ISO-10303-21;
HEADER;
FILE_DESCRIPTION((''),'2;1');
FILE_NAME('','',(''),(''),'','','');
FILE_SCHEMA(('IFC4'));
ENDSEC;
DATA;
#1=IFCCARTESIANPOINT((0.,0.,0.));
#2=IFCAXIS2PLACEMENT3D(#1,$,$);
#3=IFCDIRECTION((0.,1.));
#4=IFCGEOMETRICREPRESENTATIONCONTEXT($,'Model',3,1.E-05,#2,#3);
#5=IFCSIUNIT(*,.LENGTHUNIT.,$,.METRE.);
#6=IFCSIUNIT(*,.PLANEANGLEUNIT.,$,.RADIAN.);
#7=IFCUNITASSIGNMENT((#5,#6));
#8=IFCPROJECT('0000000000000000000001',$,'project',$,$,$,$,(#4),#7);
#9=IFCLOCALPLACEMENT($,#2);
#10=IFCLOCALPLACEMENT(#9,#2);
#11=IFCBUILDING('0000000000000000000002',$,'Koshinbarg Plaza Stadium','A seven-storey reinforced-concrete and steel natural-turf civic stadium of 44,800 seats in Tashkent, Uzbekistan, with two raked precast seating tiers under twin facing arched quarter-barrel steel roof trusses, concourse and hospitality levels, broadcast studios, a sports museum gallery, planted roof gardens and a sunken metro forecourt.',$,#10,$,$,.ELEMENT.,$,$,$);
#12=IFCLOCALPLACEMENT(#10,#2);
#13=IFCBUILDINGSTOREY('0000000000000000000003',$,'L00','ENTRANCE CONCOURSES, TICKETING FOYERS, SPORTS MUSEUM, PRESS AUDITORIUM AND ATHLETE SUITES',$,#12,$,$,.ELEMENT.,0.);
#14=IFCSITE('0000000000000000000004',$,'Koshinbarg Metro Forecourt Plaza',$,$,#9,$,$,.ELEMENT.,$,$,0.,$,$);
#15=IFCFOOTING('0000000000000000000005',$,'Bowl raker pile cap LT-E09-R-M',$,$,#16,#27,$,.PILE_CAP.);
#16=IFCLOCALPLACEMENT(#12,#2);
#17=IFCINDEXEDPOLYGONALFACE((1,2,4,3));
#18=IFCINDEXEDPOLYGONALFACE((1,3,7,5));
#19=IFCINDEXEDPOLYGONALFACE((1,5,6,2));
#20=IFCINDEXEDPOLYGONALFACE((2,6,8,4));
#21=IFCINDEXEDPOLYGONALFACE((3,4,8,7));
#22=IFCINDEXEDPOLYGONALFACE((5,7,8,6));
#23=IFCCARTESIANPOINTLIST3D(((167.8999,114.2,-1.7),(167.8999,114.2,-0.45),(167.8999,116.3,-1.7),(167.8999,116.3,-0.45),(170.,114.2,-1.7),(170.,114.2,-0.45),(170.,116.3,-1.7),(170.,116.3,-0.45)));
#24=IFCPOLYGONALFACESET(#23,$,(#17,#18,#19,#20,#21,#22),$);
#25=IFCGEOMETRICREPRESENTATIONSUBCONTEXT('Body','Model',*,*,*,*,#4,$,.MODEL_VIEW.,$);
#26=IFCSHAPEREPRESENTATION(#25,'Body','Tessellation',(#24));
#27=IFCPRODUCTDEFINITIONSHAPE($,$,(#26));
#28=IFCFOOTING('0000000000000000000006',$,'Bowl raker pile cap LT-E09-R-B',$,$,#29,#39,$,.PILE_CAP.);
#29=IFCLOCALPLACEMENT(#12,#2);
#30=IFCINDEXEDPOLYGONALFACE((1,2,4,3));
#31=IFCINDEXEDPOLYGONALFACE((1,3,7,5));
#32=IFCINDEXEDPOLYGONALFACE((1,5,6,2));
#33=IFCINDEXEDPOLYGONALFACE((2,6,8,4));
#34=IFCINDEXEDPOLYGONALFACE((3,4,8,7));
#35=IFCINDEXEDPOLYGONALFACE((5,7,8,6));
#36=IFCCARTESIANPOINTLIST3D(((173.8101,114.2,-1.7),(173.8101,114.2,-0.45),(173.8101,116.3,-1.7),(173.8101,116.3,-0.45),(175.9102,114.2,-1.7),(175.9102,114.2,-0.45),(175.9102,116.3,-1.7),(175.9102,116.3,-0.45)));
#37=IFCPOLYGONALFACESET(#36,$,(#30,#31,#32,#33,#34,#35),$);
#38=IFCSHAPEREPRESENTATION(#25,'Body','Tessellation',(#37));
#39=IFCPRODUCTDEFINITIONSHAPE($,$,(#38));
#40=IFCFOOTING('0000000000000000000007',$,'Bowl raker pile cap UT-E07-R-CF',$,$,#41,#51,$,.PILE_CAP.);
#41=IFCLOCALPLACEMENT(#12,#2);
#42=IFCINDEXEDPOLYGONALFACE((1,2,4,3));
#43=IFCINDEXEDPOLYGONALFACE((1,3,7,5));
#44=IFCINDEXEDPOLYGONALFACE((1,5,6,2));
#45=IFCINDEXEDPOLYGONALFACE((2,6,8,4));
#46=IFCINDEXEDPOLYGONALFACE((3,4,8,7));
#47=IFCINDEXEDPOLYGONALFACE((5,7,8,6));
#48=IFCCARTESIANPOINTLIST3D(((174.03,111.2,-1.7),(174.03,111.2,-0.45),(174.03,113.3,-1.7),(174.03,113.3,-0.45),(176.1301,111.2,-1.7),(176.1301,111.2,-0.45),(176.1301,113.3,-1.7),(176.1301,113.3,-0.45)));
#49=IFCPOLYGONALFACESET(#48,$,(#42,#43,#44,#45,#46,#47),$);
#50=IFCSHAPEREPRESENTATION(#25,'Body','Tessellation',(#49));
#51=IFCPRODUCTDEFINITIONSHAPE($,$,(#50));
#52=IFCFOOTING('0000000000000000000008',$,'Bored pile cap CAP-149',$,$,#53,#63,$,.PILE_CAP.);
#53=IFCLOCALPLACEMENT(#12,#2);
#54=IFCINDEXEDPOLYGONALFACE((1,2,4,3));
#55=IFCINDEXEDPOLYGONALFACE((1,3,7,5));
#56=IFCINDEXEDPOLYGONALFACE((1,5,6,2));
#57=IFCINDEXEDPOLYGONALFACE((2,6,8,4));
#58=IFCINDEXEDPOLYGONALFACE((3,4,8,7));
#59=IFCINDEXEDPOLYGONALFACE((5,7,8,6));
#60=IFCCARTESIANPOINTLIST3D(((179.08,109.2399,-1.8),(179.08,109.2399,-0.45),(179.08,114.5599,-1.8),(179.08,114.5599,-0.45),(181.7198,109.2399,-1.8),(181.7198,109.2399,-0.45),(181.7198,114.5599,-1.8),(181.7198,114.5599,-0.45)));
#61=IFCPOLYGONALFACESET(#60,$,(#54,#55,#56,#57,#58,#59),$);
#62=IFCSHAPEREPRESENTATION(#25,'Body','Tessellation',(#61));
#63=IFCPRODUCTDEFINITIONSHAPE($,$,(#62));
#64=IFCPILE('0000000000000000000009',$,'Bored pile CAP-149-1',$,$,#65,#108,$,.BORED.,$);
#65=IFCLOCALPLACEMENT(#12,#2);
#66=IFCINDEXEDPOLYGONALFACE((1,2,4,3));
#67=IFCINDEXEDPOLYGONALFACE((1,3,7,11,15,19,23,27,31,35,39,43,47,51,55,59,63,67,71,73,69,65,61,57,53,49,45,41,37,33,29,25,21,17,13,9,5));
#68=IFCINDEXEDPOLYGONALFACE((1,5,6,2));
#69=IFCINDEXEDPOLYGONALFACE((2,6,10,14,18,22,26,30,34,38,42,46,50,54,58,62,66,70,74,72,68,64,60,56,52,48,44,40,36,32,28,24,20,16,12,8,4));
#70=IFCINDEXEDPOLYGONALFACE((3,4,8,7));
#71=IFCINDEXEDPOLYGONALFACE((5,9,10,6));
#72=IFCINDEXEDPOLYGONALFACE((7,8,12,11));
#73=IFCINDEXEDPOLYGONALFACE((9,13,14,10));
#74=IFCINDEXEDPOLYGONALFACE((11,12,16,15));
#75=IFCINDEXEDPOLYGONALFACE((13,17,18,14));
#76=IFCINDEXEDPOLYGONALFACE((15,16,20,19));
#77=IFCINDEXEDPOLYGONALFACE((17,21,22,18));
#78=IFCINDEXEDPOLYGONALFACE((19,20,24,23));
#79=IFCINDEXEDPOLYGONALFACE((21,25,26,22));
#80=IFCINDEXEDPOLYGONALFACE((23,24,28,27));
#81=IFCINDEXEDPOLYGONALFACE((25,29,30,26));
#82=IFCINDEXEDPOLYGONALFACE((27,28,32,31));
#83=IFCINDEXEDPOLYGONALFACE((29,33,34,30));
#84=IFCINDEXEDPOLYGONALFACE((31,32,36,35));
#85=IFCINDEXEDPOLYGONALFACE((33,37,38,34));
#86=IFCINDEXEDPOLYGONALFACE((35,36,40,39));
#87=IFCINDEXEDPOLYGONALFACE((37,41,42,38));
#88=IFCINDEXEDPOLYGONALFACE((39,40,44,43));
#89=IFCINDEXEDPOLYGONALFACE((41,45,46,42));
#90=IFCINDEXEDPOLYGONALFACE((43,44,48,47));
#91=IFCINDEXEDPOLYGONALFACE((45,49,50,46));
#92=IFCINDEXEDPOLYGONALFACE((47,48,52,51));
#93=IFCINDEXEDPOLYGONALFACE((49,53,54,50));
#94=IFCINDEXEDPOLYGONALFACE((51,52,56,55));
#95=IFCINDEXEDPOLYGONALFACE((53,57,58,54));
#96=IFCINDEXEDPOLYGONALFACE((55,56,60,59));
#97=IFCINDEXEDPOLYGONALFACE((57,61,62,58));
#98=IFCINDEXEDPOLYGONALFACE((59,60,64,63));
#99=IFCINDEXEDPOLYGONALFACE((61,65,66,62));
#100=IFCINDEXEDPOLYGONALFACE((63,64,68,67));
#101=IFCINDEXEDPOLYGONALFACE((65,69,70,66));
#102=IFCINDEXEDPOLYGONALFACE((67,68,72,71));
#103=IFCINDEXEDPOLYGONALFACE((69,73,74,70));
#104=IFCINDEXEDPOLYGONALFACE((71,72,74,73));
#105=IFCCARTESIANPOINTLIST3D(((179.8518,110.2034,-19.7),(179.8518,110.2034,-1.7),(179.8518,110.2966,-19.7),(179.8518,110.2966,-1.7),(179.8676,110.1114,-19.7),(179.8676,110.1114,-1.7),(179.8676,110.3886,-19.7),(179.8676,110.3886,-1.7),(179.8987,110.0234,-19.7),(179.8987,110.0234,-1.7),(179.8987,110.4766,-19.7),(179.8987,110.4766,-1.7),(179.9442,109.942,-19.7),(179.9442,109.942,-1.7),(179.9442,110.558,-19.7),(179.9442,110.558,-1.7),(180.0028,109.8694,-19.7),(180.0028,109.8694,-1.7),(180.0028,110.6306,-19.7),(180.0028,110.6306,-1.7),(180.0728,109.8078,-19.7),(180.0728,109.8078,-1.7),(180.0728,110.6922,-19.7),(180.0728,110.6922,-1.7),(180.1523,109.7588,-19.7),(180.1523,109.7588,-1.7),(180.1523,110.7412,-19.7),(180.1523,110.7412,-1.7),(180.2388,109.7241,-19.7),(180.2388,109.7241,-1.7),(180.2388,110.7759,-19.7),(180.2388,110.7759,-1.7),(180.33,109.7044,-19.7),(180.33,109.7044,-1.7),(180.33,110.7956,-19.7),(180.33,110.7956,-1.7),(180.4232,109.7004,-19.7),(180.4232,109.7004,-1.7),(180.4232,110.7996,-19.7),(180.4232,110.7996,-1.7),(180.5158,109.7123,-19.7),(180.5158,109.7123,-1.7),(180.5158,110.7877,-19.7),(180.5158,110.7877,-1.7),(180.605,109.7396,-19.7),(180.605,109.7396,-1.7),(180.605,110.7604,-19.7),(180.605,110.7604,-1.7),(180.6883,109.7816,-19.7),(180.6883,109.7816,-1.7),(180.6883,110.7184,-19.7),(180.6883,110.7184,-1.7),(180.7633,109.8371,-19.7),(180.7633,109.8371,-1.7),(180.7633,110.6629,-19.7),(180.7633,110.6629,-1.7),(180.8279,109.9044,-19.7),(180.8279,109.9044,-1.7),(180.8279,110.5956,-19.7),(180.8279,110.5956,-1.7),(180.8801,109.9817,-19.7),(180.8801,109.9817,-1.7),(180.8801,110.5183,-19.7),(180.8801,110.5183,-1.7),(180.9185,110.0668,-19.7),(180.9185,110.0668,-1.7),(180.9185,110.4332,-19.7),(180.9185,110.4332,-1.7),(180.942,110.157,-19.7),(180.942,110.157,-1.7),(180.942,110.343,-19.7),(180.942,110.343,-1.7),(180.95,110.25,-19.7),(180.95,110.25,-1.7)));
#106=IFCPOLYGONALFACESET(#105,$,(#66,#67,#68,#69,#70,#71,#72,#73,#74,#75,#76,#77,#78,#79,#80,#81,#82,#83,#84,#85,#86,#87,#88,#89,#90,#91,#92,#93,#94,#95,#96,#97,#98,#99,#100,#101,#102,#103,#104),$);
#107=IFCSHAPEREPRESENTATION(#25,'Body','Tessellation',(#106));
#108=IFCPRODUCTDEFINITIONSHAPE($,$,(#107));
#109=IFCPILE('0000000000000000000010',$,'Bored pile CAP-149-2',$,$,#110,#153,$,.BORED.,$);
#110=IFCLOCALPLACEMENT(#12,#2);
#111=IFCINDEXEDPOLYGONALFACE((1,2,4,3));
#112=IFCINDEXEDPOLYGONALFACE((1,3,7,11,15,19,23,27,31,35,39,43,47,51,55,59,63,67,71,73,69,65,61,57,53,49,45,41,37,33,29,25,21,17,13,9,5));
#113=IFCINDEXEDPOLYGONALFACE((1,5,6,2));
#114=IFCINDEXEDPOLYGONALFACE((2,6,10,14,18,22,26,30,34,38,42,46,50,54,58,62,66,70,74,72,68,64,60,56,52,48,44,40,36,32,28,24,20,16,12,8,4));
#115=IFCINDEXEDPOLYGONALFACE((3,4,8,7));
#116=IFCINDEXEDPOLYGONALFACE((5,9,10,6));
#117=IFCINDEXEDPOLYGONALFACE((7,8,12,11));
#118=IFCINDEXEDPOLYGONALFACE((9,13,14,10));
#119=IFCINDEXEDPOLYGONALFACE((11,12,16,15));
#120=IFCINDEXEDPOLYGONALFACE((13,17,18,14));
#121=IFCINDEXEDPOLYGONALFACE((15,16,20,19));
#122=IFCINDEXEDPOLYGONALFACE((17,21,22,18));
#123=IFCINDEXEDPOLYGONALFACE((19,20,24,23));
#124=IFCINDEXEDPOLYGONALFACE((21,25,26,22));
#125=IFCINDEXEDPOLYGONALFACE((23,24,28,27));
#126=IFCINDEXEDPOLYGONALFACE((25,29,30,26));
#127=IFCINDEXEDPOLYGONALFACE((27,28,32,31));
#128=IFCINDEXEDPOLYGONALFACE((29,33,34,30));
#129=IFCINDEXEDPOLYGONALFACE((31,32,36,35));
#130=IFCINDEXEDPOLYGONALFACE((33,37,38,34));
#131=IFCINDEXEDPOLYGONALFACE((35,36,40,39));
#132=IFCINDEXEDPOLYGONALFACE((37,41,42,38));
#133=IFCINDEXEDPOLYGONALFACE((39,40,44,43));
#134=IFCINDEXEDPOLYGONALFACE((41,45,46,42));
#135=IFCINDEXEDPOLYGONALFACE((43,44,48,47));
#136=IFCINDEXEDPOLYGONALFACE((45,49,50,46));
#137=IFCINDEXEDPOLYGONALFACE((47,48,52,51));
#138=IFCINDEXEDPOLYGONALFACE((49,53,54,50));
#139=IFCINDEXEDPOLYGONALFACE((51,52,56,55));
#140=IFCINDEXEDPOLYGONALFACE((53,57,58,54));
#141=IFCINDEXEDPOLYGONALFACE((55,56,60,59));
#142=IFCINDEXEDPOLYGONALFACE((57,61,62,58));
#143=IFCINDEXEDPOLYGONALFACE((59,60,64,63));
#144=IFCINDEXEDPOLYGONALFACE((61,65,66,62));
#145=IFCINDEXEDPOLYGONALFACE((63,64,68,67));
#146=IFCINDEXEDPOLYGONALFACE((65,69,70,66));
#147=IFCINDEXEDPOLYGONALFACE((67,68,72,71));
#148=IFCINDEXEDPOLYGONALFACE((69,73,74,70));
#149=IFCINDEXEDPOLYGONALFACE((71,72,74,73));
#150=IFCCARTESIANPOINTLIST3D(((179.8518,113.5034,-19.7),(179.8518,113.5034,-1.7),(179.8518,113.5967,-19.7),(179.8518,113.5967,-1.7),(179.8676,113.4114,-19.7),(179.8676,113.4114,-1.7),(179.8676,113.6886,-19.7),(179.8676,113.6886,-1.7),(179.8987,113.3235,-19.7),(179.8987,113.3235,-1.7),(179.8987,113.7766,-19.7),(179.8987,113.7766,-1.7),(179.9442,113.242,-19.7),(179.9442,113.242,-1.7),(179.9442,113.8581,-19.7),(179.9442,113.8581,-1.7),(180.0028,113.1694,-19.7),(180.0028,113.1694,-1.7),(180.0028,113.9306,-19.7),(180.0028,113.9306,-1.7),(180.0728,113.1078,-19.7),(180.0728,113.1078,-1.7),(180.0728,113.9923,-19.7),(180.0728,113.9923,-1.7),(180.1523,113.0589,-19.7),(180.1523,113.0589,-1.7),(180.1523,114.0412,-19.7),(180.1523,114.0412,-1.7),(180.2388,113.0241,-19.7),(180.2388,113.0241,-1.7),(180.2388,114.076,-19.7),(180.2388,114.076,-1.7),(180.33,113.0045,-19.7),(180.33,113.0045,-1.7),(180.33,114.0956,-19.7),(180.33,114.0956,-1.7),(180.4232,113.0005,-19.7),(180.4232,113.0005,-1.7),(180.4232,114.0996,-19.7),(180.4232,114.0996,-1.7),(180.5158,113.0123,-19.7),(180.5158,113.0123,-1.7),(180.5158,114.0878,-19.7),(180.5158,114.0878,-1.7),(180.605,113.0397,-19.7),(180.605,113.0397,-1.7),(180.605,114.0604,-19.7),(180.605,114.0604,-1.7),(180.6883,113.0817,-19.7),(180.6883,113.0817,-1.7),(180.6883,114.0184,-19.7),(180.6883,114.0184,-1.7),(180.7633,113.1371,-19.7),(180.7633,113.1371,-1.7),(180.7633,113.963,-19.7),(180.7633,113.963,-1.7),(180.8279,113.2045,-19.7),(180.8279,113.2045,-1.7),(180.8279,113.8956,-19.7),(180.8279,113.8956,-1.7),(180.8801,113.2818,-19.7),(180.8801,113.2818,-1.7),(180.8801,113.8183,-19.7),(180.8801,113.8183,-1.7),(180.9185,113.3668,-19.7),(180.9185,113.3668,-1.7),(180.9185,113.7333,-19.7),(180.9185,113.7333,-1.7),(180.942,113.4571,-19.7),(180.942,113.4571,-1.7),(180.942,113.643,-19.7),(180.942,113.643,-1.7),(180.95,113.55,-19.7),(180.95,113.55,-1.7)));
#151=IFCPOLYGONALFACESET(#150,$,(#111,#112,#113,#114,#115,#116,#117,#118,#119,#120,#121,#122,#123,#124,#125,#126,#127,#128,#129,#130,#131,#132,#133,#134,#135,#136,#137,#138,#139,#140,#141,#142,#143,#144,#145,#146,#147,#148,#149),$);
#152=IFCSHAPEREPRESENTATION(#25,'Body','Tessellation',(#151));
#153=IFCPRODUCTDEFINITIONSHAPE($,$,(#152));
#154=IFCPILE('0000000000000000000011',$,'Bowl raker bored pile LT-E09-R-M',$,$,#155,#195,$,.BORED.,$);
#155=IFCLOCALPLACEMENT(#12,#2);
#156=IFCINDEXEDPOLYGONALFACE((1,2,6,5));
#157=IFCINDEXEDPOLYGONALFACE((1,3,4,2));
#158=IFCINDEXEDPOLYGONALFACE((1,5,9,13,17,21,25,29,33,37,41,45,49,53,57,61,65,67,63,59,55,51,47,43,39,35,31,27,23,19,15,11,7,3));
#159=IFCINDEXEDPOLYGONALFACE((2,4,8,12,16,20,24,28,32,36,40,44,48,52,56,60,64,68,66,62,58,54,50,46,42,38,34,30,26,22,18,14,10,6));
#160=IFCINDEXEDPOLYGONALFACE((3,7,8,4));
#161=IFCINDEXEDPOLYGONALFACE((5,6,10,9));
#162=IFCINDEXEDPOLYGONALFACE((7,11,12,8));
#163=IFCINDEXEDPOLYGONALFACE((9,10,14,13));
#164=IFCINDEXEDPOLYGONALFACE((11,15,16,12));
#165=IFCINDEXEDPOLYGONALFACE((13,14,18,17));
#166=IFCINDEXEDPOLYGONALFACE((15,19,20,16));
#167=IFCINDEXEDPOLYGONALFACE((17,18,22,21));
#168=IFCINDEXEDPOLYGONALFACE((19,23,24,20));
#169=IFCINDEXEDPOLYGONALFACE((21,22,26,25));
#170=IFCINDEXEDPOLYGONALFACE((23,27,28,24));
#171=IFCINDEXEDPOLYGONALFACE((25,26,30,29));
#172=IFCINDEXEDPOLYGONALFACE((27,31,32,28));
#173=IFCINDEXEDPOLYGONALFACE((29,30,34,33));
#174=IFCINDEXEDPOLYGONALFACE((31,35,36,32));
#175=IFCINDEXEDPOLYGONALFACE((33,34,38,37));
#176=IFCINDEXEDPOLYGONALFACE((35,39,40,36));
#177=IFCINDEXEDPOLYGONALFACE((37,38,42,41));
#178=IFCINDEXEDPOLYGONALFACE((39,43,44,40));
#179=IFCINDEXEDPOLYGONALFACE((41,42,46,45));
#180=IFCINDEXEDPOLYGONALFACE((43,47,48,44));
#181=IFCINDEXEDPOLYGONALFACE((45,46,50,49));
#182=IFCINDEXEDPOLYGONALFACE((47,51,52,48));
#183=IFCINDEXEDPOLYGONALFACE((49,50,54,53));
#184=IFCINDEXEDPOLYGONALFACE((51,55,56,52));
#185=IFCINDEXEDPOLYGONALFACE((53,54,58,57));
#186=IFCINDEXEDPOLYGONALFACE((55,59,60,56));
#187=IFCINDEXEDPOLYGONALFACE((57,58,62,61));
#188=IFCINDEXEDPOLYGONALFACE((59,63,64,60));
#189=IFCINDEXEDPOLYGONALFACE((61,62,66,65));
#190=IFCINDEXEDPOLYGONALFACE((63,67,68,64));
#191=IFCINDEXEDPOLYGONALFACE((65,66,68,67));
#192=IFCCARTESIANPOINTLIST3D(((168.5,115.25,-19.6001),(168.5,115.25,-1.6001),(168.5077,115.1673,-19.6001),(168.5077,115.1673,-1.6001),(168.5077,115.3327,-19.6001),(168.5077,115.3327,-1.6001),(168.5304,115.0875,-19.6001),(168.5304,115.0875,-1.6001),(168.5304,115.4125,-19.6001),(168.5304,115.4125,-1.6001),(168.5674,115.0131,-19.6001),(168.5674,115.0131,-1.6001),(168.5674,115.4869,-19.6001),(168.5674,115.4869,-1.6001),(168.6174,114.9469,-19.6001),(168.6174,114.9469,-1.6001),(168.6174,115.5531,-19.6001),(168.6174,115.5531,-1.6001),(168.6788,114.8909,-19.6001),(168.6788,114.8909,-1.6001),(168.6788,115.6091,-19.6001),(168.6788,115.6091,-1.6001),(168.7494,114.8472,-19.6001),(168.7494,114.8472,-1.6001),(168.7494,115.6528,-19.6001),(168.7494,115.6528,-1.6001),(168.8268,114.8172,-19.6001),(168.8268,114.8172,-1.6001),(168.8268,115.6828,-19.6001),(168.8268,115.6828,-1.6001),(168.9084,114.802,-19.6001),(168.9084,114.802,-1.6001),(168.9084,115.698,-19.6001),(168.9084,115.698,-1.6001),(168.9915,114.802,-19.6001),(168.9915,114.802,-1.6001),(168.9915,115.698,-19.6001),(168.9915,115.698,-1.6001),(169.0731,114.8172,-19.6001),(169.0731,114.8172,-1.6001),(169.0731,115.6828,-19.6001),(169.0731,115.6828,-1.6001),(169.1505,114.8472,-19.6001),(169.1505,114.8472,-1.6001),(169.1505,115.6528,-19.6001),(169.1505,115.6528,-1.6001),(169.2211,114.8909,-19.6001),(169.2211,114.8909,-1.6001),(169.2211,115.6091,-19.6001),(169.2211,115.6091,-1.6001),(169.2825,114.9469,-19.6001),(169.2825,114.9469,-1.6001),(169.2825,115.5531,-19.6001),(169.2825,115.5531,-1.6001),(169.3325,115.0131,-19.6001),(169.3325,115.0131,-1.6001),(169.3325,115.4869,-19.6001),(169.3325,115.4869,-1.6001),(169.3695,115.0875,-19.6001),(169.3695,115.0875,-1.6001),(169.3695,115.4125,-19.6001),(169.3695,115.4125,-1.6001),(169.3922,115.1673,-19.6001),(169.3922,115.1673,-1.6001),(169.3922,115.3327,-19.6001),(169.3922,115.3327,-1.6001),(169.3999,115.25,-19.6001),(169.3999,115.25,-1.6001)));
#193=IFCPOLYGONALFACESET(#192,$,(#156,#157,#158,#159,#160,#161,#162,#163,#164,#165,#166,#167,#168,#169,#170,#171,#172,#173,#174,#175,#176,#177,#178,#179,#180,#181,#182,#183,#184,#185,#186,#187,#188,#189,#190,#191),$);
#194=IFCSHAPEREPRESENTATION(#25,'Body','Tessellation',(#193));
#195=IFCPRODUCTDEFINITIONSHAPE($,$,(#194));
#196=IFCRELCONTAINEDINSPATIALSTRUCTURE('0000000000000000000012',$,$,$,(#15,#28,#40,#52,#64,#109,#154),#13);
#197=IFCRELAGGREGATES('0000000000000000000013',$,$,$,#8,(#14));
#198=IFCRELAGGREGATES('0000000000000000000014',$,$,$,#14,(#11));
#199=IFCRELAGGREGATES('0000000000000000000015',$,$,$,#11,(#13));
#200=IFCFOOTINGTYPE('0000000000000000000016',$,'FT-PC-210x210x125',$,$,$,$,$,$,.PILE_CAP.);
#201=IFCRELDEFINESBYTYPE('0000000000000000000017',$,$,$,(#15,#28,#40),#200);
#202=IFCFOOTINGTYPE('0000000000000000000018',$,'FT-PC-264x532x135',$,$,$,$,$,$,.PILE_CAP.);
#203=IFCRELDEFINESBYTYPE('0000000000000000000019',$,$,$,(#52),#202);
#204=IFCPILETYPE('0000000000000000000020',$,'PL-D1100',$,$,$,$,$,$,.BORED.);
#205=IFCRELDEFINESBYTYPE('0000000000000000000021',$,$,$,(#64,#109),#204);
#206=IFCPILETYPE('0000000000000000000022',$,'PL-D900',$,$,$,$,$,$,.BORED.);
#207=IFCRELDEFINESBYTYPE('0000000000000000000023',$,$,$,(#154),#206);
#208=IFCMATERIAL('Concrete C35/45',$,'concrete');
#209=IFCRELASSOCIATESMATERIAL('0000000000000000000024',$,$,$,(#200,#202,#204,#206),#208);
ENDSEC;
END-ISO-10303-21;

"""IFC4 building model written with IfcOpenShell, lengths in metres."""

from ifc_helpers import new_model, si_unit, direction, frame, origin, origin_2d, place, context, subcontext, project, spatial, rectangle, circle, extrude, material, material_profile, profile_set, type_object, element, save


model = new_model("IFC4")

# Units and contexts
model_context = context("Model", 3, precision=1e-05, world=origin(), true_north=direction((0.0, 1.0)))
body_context = subcontext(model_context, "Body", "Model", "MODEL_VIEW")
ifc_project = project(units=[si_unit("LENGTHUNIT", "METRE"), si_unit("PLANEANGLEUNIT", "RADIAN")], contexts=[model_context])

# Site, building, storey
site_placement = place(None, origin())
site = spatial("IfcSite", under=ifc_project, at=site_placement, Name="Koshinbarg Metro Forecourt Plaza", CompositionType="ELEMENT", RefElevation=0.0)
building_placement = place(site_placement, origin())
building = spatial("IfcBuilding", under=site, at=building_placement, Name="Koshinbarg Plaza Stadium", Description="A seven-storey reinforced-concrete and steel natural-turf civic stadium of 44,800 seats in Tashkent, Uzbekistan, with two raked precast seating tiers under twin facing arched quarter-barrel steel roof trusses, concourse and hospitality levels, broadcast studios, a sports museum gallery, planted roof gardens and a sunken metro forecourt.", CompositionType="ELEMENT")
storey_placement = place(building_placement, origin())
storey = spatial("IfcBuildingStorey", under=building, at=storey_placement, Name="L00", Description="ENTRANCE CONCOURSES, TICKETING FOYERS, SPORTS MUSEUM, PRESS AUDITORIUM AND ATHLETE SUITES", CompositionType="ELEMENT", Elevation=0.0)

# Footings
ifc_material_1 = material(Name="Concrete C35/45", Category="concrete")
footing_type_1 = type_object("IfcFootingType", Name="FT-PC-210x210x125", PredefinedType="PILE_CAP", material=ifc_material_1)
for number, where, z_axis, x_axis, name in (
    (1, (168.95, 115.25, -1.7), (0.0, 0.0, 1.0), (1.0, 0.0, 0.0), "Bowl raker pile cap LT-E09-R-M"),
    (2, (174.8601, 115.25, -1.7), (0.0, 0.0, 1.0), (1.0, 0.0, 0.0), "Bowl raker pile cap LT-E09-R-B"),
    (3, (175.0801, 112.25, -1.7), (0.0, 0.0, 1.0), (1.0, 0.0, 0.0), "Bowl raker pile cap UT-E07-R-CF"),
):
    element("IfcFooting", number, at=place(storey_placement, frame(where, z_axis=z_axis, x_axis=x_axis)), inside=storey, type_object=footing_type_1, Name=name, PredefinedType="PILE_CAP", context=body_context, shape_type="SweptSolid", body=[
        extrude(rectangle(XDim=2.1001, YDim=2.1001, at=origin_2d()), origin(), (0.0, 0.0, 1.0), 1.25),
    ])
footing_type_2 = type_object("IfcFootingType", Name="FT-PC-264x532x135", PredefinedType="PILE_CAP", material=ifc_material_1)
footing_placement = place(storey_placement, frame((180.3999, 111.8999, -1.8), z_axis=(0.0, 0.0, 1.0), x_axis=(1.0, 0.0, 0.0)))
element("IfcFooting", 4, at=footing_placement, inside=storey, type_object=footing_type_2, Name="Bored pile cap CAP-149", PredefinedType="PILE_CAP", context=body_context, shape_type="SweptSolid", body=[
    extrude(rectangle(XDim=2.6399, YDim=5.3201, at=origin_2d()), origin(), (0.0, 0.0, 1.0), 1.3501),
])

# Piles
ifc_material_profile_1 = material_profile(ifc_material_1, circle(Radius=0.55, at=origin_2d()), Name="PILE D1100")
ifc_profile_set_1 = profile_set([ifc_material_profile_1], Name="Concrete C35/45")
pile_type_1 = type_object("IfcPileType", Name="PL-D1100", PredefinedType="BORED", material=ifc_profile_set_1)
for number, where, z_axis, x_axis, name in (
    (5, (180.3999, 110.25, -1.7), (0.0, 0.0, -1.0), (1.0, 0.0, 0.0), "Bored pile CAP-149-1"),
    (6, (180.3999, 113.55, -1.7), (0.0, 0.0, -1.0), (1.0, 0.0, 0.0), "Bored pile CAP-149-2"),
):
    element("IfcPile", number, at=place(storey_placement, frame(where, z_axis=z_axis, x_axis=x_axis)), inside=storey, type_object=pile_type_1, Name=name, PredefinedType="BORED", context=body_context, shape_type="SweptSolid", body=[
        extrude(circle(Radius=0.55, at=origin_2d()), origin(), (0.0, 0.0, 1.0), 18.0),
    ])
ifc_material_profile_2 = material_profile(ifc_material_1, circle(Radius=0.45, at=origin_2d()), Name="PILE D900")
ifc_profile_set_2 = profile_set([ifc_material_profile_2], Name="Concrete C35/45")
pile_type_2 = type_object("IfcPileType", Name="PL-D900", PredefinedType="BORED", material=ifc_profile_set_2)
for number, where, z_axis, x_axis, name in (
    (7, (168.95, 115.25, -1.6001), (0.0, 0.0, -1.0), (1.0, 0.0, 0.0), "Bowl raker bored pile LT-E09-R-M"),
):
    element("IfcPile", number, at=place(storey_placement, frame(where, z_axis=z_axis, x_axis=x_axis)), inside=storey, type_object=pile_type_2, Name=name, PredefinedType="BORED", context=body_context, shape_type="SweptSolid", body=[
        extrude(circle(Radius=0.45, at=origin_2d()), origin(), (0.0, 0.0, 1.0), 18.0),
    ])

save(model, "model.ifc")
